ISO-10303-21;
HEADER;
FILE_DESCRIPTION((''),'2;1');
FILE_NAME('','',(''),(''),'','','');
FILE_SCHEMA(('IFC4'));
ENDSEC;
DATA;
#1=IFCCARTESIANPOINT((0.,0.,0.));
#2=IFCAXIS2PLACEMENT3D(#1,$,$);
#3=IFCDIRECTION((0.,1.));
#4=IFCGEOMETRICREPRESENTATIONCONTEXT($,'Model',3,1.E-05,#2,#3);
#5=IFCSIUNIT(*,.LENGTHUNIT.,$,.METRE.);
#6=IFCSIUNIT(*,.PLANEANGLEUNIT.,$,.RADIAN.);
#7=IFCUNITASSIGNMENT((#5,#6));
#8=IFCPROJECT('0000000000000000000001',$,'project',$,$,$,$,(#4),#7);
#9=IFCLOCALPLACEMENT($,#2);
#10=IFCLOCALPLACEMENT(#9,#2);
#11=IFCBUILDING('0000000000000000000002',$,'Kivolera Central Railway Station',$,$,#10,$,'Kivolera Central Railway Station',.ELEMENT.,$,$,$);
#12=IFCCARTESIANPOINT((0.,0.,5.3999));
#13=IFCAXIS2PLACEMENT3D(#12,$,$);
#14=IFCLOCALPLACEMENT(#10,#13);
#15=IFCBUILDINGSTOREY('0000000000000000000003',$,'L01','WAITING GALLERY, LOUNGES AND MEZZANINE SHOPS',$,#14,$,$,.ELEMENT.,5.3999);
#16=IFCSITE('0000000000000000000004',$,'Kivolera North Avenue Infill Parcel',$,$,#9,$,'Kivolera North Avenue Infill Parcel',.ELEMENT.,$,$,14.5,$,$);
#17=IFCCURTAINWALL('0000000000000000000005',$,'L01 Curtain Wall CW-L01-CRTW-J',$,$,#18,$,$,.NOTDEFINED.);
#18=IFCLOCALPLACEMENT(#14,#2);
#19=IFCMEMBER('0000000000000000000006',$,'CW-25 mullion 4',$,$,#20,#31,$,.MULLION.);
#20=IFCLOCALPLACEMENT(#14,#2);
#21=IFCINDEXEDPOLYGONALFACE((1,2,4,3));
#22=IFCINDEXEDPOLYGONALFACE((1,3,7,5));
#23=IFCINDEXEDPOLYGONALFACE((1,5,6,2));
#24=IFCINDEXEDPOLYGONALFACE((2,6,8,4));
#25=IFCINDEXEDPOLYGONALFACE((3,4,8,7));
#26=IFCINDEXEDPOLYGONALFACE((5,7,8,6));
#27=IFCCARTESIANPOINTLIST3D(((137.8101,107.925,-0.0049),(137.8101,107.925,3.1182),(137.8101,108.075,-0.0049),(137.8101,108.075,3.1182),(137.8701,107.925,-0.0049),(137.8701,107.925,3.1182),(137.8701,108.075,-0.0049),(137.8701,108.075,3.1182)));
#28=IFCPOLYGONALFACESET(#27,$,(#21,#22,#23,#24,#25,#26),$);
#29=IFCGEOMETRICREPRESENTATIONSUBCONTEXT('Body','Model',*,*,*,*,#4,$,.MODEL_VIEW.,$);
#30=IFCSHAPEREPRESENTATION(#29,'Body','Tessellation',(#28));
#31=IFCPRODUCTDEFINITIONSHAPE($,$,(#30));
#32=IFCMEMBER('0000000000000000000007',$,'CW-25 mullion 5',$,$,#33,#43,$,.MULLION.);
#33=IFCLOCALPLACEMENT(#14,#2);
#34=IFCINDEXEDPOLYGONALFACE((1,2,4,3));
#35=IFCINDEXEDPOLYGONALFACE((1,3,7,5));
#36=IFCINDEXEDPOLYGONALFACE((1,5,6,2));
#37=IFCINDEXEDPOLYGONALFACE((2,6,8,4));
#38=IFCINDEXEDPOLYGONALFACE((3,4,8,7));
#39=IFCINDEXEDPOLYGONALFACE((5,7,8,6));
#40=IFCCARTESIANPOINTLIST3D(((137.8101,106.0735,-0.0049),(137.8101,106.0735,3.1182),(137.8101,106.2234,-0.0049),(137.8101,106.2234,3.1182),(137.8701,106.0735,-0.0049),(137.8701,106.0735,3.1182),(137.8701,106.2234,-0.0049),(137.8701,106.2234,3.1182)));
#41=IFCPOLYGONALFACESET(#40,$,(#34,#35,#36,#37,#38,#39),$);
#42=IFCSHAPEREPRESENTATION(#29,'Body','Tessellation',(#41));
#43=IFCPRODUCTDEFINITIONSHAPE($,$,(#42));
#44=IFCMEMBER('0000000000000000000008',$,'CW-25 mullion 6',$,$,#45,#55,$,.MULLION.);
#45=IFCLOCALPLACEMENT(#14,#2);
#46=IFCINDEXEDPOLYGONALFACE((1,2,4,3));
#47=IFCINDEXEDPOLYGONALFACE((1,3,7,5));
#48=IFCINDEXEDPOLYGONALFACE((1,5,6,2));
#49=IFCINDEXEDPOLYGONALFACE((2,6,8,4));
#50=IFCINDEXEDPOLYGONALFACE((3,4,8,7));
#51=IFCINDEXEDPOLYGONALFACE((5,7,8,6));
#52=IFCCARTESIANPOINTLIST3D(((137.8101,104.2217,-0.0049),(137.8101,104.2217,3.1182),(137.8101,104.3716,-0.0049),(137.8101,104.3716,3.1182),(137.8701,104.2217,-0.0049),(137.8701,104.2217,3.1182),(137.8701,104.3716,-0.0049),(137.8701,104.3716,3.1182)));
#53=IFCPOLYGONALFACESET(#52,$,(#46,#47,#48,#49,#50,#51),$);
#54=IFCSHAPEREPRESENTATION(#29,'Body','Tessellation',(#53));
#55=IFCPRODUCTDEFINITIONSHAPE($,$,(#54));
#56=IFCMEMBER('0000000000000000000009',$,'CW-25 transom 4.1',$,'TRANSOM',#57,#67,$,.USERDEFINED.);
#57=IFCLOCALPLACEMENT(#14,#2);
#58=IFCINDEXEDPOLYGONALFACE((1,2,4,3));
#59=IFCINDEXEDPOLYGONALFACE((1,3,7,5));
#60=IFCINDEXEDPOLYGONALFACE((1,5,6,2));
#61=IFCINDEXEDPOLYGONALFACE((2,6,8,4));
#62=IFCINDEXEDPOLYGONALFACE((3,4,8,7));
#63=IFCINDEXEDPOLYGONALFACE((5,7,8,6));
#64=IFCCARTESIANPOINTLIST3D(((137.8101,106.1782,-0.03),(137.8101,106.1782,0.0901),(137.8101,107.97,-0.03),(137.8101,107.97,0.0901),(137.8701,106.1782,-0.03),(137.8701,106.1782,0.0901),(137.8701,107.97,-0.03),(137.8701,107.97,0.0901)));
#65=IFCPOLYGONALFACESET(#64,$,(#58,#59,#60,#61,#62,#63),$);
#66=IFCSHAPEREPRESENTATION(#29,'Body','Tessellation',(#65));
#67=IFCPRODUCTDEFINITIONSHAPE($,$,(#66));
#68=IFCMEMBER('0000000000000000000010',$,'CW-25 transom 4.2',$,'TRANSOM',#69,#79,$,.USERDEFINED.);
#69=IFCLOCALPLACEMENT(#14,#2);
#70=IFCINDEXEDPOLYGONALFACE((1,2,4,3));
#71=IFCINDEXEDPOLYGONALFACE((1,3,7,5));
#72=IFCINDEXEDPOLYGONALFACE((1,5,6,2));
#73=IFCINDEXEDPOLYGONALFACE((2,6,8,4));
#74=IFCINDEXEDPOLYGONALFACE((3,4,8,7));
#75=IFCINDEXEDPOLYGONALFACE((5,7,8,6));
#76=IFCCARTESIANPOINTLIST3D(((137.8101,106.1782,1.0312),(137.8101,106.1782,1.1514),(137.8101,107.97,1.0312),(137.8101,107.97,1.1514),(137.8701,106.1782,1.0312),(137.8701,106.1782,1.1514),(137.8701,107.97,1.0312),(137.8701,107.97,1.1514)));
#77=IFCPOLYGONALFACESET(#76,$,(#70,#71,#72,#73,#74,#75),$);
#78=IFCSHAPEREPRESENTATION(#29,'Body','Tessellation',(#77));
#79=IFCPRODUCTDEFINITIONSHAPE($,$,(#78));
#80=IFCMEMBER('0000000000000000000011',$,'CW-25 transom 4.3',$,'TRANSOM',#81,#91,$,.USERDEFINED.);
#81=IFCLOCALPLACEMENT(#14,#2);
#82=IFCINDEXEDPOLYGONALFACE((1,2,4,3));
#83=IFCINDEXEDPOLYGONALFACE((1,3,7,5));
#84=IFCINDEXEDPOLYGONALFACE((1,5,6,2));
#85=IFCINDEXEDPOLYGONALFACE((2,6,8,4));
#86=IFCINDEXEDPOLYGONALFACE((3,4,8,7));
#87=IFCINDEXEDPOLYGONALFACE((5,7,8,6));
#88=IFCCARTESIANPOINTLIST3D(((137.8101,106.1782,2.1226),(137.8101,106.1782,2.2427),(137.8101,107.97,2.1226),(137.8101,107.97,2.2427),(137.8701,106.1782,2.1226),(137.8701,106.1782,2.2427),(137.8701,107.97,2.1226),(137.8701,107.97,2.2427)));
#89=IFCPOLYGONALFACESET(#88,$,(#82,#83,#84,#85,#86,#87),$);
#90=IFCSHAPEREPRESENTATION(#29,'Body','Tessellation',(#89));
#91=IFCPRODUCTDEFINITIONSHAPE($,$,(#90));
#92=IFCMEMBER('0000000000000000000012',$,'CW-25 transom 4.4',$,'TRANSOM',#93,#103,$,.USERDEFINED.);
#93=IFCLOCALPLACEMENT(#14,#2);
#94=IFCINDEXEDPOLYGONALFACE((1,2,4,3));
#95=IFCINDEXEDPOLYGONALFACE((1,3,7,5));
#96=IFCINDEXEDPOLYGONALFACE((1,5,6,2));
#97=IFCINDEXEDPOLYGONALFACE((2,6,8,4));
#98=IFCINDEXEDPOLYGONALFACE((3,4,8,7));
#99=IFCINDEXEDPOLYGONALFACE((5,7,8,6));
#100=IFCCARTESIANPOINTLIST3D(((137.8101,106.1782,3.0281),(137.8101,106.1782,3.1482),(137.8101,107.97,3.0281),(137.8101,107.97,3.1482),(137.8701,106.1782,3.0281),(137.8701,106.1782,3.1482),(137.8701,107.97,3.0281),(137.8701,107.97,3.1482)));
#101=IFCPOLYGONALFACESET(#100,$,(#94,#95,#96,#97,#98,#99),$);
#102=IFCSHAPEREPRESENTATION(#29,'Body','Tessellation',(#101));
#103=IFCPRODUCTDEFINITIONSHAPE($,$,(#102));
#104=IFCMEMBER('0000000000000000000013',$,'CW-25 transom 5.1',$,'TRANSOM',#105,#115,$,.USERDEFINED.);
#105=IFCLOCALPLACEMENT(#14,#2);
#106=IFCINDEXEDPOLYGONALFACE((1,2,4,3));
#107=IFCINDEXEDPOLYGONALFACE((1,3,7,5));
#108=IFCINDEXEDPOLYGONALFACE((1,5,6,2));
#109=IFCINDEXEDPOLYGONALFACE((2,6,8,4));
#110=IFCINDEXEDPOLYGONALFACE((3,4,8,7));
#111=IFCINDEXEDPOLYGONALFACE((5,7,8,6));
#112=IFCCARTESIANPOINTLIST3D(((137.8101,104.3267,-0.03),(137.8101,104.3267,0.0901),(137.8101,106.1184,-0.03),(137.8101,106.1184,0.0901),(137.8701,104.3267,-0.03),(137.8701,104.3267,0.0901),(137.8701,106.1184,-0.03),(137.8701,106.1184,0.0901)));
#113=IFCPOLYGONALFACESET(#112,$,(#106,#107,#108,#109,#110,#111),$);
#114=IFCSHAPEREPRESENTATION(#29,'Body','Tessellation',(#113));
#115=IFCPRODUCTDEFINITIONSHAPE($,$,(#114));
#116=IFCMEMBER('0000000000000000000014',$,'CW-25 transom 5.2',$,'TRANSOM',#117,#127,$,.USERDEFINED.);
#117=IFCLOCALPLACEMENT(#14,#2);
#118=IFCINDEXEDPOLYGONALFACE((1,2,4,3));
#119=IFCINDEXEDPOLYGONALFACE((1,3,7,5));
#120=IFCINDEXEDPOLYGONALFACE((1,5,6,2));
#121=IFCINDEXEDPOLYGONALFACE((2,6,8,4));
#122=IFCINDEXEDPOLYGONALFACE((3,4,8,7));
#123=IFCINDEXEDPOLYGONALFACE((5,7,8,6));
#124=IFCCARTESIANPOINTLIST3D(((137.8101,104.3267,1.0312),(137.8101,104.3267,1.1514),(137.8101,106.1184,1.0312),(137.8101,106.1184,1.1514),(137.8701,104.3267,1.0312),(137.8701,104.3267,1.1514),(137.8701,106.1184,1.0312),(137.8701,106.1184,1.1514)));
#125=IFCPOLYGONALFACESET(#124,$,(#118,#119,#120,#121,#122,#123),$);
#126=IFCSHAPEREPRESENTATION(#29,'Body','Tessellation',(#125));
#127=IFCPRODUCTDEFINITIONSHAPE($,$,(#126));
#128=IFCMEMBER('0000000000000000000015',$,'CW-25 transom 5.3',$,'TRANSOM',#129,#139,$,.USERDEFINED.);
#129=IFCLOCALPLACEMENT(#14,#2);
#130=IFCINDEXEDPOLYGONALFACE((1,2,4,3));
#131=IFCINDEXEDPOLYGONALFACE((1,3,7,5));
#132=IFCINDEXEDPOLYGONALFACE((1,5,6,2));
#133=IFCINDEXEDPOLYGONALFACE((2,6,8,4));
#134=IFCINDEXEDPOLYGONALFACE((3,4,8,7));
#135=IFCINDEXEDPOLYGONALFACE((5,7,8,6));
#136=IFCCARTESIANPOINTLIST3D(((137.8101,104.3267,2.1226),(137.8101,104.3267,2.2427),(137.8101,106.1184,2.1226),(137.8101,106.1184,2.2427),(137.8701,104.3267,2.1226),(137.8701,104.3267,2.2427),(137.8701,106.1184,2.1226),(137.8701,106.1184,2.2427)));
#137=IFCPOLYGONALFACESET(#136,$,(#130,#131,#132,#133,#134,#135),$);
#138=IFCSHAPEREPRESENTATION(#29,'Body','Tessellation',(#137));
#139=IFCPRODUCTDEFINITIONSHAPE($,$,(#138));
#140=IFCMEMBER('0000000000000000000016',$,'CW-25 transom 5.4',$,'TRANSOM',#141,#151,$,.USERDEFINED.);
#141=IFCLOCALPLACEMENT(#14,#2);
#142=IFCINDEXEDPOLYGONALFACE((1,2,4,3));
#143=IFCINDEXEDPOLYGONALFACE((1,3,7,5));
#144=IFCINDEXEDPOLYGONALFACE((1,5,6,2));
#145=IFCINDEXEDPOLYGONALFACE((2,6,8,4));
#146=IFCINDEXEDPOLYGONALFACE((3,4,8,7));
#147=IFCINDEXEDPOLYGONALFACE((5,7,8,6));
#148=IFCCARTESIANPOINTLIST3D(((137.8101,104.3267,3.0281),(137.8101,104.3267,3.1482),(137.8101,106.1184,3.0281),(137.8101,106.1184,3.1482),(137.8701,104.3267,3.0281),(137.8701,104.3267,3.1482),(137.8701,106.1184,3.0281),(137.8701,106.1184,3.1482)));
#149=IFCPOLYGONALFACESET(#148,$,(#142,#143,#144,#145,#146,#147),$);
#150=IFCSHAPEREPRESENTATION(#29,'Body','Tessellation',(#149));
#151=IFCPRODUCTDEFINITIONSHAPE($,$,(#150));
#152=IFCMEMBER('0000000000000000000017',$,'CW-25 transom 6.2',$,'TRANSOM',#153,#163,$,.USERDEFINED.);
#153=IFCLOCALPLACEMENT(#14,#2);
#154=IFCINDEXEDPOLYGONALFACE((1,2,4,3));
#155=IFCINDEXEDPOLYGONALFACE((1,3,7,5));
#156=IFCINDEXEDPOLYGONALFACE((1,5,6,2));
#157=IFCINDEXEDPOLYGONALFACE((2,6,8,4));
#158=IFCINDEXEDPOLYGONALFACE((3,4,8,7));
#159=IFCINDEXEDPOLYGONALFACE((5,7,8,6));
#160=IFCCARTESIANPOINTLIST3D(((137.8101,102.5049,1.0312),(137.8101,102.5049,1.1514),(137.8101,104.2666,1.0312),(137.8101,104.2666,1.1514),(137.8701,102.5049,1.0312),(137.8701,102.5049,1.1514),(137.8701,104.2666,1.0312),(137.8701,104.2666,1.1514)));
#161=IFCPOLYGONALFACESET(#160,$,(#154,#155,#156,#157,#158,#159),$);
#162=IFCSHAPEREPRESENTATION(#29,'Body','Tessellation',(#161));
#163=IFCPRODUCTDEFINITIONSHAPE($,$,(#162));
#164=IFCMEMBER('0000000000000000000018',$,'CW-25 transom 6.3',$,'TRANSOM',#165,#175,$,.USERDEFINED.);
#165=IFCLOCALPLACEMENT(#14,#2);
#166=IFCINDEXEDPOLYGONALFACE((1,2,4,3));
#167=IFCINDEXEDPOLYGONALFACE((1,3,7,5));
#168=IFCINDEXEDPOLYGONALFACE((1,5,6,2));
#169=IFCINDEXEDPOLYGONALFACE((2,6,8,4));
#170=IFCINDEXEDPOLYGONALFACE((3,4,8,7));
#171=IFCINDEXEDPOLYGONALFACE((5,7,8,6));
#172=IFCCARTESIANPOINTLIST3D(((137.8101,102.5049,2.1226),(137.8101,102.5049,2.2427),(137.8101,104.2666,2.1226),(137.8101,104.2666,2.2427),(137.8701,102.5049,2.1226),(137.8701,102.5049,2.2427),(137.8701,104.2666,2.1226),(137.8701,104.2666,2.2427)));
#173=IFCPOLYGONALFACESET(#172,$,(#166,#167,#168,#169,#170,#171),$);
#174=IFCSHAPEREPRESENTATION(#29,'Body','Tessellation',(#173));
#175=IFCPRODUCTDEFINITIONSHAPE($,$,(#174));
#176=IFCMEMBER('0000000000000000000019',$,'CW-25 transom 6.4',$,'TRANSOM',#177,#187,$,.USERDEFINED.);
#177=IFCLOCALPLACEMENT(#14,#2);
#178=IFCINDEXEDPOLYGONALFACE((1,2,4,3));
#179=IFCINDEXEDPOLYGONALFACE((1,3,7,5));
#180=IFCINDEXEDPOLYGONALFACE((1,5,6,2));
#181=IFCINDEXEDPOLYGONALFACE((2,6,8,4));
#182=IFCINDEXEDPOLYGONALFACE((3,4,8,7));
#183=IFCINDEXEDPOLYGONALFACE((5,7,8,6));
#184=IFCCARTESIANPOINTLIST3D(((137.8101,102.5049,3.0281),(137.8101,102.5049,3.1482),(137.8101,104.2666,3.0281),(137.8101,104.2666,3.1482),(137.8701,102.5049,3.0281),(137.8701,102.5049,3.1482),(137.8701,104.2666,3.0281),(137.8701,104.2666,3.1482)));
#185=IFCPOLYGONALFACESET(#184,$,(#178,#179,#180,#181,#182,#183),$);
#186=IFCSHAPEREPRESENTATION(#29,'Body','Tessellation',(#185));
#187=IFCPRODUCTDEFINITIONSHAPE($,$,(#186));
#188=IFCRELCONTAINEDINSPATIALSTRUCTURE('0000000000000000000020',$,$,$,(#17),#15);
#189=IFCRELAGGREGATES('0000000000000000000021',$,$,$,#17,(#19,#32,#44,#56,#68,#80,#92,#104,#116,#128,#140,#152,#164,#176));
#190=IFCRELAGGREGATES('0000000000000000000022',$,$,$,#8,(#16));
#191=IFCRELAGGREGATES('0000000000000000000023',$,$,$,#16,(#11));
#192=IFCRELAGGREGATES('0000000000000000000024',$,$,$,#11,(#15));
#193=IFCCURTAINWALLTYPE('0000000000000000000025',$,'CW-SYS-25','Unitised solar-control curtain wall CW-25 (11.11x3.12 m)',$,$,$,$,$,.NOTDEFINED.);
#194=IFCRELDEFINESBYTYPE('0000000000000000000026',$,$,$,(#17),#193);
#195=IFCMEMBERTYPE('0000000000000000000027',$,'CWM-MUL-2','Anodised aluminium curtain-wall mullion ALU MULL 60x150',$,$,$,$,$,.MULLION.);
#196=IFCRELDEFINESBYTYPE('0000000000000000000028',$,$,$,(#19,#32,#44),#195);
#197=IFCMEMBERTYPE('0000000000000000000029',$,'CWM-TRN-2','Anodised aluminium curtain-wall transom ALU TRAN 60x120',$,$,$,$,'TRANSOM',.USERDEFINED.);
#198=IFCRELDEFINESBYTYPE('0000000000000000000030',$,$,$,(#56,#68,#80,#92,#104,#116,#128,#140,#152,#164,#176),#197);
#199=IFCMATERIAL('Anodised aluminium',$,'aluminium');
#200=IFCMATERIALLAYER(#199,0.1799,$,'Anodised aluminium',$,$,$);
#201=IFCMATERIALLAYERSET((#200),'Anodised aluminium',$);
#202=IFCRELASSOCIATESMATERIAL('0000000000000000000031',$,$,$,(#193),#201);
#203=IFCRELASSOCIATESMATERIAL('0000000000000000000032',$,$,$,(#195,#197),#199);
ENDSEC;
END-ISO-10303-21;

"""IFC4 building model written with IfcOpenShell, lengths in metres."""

from ifc_helpers import new_model, si_unit, direction, frame, origin, origin_2d, place, context, subcontext, project, spatial, rectangle, extrude, material, layer, layer_set, material_profile, profile_set, type_object, element, aggregate, save


model = new_model("IFC4")

# Units and contexts
model_context = context("Model", 3, precision=1e-05, world=origin(), true_north=direction((0.0, 1.0)))
body_context = subcontext(model_context, "Body", "Model", "MODEL_VIEW")
ifc_project = project(units=[si_unit("LENGTHUNIT", "METRE"), si_unit("PLANEANGLEUNIT", "RADIAN")], contexts=[model_context])

# Site, building, storey
site_placement = place(None, origin())
site = spatial("IfcSite", under=ifc_project, at=site_placement, Name="Kivolera North Avenue Infill Parcel", LongName="Kivolera North Avenue Infill Parcel", CompositionType="ELEMENT", RefElevation=14.5)
building_placement = place(site_placement, origin())
building = spatial("IfcBuilding", under=site, at=building_placement, Name="Kivolera Central Railway Station", LongName="Kivolera Central Railway Station", CompositionType="ELEMENT")
storey_placement = place(building_placement, frame((0.0, 0.0, 5.3999)))
storey = spatial("IfcBuildingStorey", under=building, at=storey_placement, Name="L01", Description="WAITING GALLERY, LOUNGES AND MEZZANINE SHOPS", CompositionType="ELEMENT", Elevation=5.3999)

# Curtain wall, members
ifc_material_1 = material(Name="Anodised aluminium", Category="aluminium")
ifc_layer_1 = layer(ifc_material_1, 0.1799, Name="Anodised aluminium")
ifc_layer_set_1 = layer_set([ifc_layer_1], Name="Anodised aluminium")
curtain_wall_type = type_object("IfcCurtainWallType", Name="CW-SYS-25", Description="Unitised solar-control curtain wall CW-25 (11.11x3.12 m)", PredefinedType="NOTDEFINED", material=ifc_layer_set_1)
curtain_wall_placement = place(storey_placement, origin())
curtain_wall = element("IfcCurtainWall", 1, at=curtain_wall_placement, inside=storey, type_object=curtain_wall_type, Name="L01 Curtain Wall CW-L01-CRTW-J", PredefinedType="NOTDEFINED")
ifc_material_profile_1 = material_profile(ifc_material_1, rectangle(XDim=0.0601, YDim=0.1499, at=origin_2d()), Name="ALU MULL 60x150")
ifc_profile_set_1 = profile_set([ifc_material_profile_1], Name="Anodised aluminium")
member_type_1 = type_object("IfcMemberType", Name="CWM-MUL-2", Description="Anodised aluminium curtain-wall mullion ALU MULL 60x150", PredefinedType="MULLION", material=ifc_profile_set_1)
member_1_placement = place(storey_placement, frame((137.8401, 108.0, -0.0049), z_axis=(0.0, 0.0, 1.0), x_axis=(1.0, 0.0, 0.0)))
member_1 = element("IfcMember", 2, at=member_1_placement, type_object=member_type_1, Name="CW-25 mullion 4", PredefinedType="MULLION", context=body_context, shape_type="SweptSolid", body=[
    extrude(rectangle(XDim=0.0601, YDim=0.1499, at=origin_2d()), origin(), (0.0, 0.0, 1.0), 3.123),
])
member_2_placement = place(storey_placement, frame((137.8401, 106.1484, -0.0049), z_axis=(0.0, 0.0, 1.0), x_axis=(1.0, 0.0, 0.0)))
member_2 = element("IfcMember", 3, at=member_2_placement, type_object=member_type_1, Name="CW-25 mullion 5", PredefinedType="MULLION", context=body_context, shape_type="SweptSolid", body=[
    extrude(rectangle(XDim=0.0601, YDim=0.1499, at=origin_2d()), origin(), (0.0, 0.0, 1.0), 3.123),
])
member_3_placement = place(storey_placement, frame((137.8401, 104.2966, -0.0049), z_axis=(0.0, 0.0, 1.0), x_axis=(1.0, 0.0, 0.0)))
member_3 = element("IfcMember", 4, at=member_3_placement, type_object=member_type_1, Name="CW-25 mullion 6", PredefinedType="MULLION", context=body_context, shape_type="SweptSolid", body=[
    extrude(rectangle(XDim=0.0601, YDim=0.1499, at=origin_2d()), origin(), (0.0, 0.0, 1.0), 3.123),
])
ifc_material_profile_2 = material_profile(ifc_material_1, rectangle(XDim=0.0601, YDim=0.1201, at=origin_2d()), Name="ALU TRAN 60x120")
ifc_profile_set_2 = profile_set([ifc_material_profile_2], Name="Anodised aluminium")
member_type_2 = type_object("IfcMemberType", Name="CWM-TRN-2", Description="Anodised aluminium curtain-wall transom ALU TRAN 60x120", ElementType="TRANSOM", PredefinedType="USERDEFINED", material=ifc_profile_set_2)
member_4_placement = place(storey_placement, frame((137.8401, 107.97, 0.03), z_axis=(0.0, -1.0, 0.0), x_axis=(1.0, 0.0, 0.0)))
member_4 = element("IfcMember", 5, at=member_4_placement, type_object=member_type_2, Name="CW-25 transom 4.1", ObjectType="TRANSOM", PredefinedType="USERDEFINED", context=body_context, shape_type="SweptSolid", body=[
    extrude(rectangle(XDim=0.0601, YDim=0.1201, at=origin_2d()), origin(), (0.0, 0.0, 1.0), 1.7917),
])
member_5_placement = place(storey_placement, frame((137.8401, 107.97, 1.0913), z_axis=(0.0, -1.0, 0.0), x_axis=(1.0, 0.0, 0.0)))
member_5 = element("IfcMember", 6, at=member_5_placement, type_object=member_type_2, Name="CW-25 transom 4.2", ObjectType="TRANSOM", PredefinedType="USERDEFINED", context=body_context, shape_type="SweptSolid", body=[
    extrude(rectangle(XDim=0.0601, YDim=0.1201, at=origin_2d()), origin(), (0.0, 0.0, 1.0), 1.7917),
])
member_6_placement = place(storey_placement, frame((137.8401, 107.97, 2.1826), z_axis=(0.0, -1.0, 0.0), x_axis=(1.0, 0.0, 0.0)))
member_6 = element("IfcMember", 7, at=member_6_placement, type_object=member_type_2, Name="CW-25 transom 4.3", ObjectType="TRANSOM", PredefinedType="USERDEFINED", context=body_context, shape_type="SweptSolid", body=[
    extrude(rectangle(XDim=0.0601, YDim=0.1201, at=origin_2d()), origin(), (0.0, 0.0, 1.0), 1.7917),
])
member_7_placement = place(storey_placement, frame((137.8401, 107.97, 3.0881), z_axis=(0.0, -1.0, 0.0), x_axis=(1.0, 0.0, 0.0)))
member_7 = element("IfcMember", 8, at=member_7_placement, type_object=member_type_2, Name="CW-25 transom 4.4", ObjectType="TRANSOM", PredefinedType="USERDEFINED", context=body_context, shape_type="SweptSolid", body=[
    extrude(rectangle(XDim=0.0601, YDim=0.1201, at=origin_2d()), origin(), (0.0, 0.0, 1.0), 1.7917),
])
member_8_placement = place(storey_placement, frame((137.8401, 106.1184, 0.03), z_axis=(0.0, -1.0, 0.0), x_axis=(1.0, 0.0, 0.0)))
member_8 = element("IfcMember", 9, at=member_8_placement, type_object=member_type_2, Name="CW-25 transom 5.1", ObjectType="TRANSOM", PredefinedType="USERDEFINED", context=body_context, shape_type="SweptSolid", body=[
    extrude(rectangle(XDim=0.0601, YDim=0.1201, at=origin_2d()), origin(), (0.0, 0.0, 1.0), 1.7917),
])
member_9_placement = place(storey_placement, frame((137.8401, 106.1184, 1.0913), z_axis=(0.0, -1.0, 0.0), x_axis=(1.0, 0.0, 0.0)))
member_9 = element("IfcMember", 10, at=member_9_placement, type_object=member_type_2, Name="CW-25 transom 5.2", ObjectType="TRANSOM", PredefinedType="USERDEFINED", context=body_context, shape_type="SweptSolid", body=[
    extrude(rectangle(XDim=0.0601, YDim=0.1201, at=origin_2d()), origin(), (0.0, 0.0, 1.0), 1.7917),
])
member_10_placement = place(storey_placement, frame((137.8401, 106.1184, 2.1826), z_axis=(0.0, -1.0, 0.0), x_axis=(1.0, 0.0, 0.0)))
member_10 = element("IfcMember", 11, at=member_10_placement, type_object=member_type_2, Name="CW-25 transom 5.3", ObjectType="TRANSOM", PredefinedType="USERDEFINED", context=body_context, shape_type="SweptSolid", body=[
    extrude(rectangle(XDim=0.0601, YDim=0.1201, at=origin_2d()), origin(), (0.0, 0.0, 1.0), 1.7917),
])
member_11_placement = place(storey_placement, frame((137.8401, 106.1184, 3.0881), z_axis=(0.0, -1.0, 0.0), x_axis=(1.0, 0.0, 0.0)))
member_11 = element("IfcMember", 12, at=member_11_placement, type_object=member_type_2, Name="CW-25 transom 5.4", ObjectType="TRANSOM", PredefinedType="USERDEFINED", context=body_context, shape_type="SweptSolid", body=[
    extrude(rectangle(XDim=0.0601, YDim=0.1201, at=origin_2d()), origin(), (0.0, 0.0, 1.0), 1.7917),
])
member_12_placement = place(storey_placement, frame((137.8401, 104.2666, 1.0913), z_axis=(0.0, -1.0, 0.0), x_axis=(1.0, 0.0, 0.0)))
member_12 = element("IfcMember", 13, at=member_12_placement, type_object=member_type_2, Name="CW-25 transom 6.2", ObjectType="TRANSOM", PredefinedType="USERDEFINED", context=body_context, shape_type="SweptSolid", body=[
    extrude(rectangle(XDim=0.0601, YDim=0.1201, at=origin_2d()), origin(), (0.0, 0.0, 1.0), 1.7617),
])
member_13_placement = place(storey_placement, frame((137.8401, 104.2666, 2.1826), z_axis=(0.0, -1.0, 0.0), x_axis=(1.0, 0.0, 0.0)))
member_13 = element("IfcMember", 14, at=member_13_placement, type_object=member_type_2, Name="CW-25 transom 6.3", ObjectType="TRANSOM", PredefinedType="USERDEFINED", context=body_context, shape_type="SweptSolid", body=[
    extrude(rectangle(XDim=0.0601, YDim=0.1201, at=origin_2d()), origin(), (0.0, 0.0, 1.0), 1.7617),
])
member_14_placement = place(storey_placement, frame((137.8401, 104.2666, 3.0881), z_axis=(0.0, -1.0, 0.0), x_axis=(1.0, 0.0, 0.0)))
member_14 = element("IfcMember", 15, at=member_14_placement, type_object=member_type_2, Name="CW-25 transom 6.4", ObjectType="TRANSOM", PredefinedType="USERDEFINED", context=body_context, shape_type="SweptSolid", body=[
    extrude(rectangle(XDim=0.0601, YDim=0.1201, at=origin_2d()), origin(), (0.0, 0.0, 1.0), 1.7617),
])
aggregate(curtain_wall, [member_1, member_2, member_3, member_4, member_5, member_6, member_7, member_8, member_9, member_10, member_11, member_12, member_13, member_14])

save(model, "model.ifc")
